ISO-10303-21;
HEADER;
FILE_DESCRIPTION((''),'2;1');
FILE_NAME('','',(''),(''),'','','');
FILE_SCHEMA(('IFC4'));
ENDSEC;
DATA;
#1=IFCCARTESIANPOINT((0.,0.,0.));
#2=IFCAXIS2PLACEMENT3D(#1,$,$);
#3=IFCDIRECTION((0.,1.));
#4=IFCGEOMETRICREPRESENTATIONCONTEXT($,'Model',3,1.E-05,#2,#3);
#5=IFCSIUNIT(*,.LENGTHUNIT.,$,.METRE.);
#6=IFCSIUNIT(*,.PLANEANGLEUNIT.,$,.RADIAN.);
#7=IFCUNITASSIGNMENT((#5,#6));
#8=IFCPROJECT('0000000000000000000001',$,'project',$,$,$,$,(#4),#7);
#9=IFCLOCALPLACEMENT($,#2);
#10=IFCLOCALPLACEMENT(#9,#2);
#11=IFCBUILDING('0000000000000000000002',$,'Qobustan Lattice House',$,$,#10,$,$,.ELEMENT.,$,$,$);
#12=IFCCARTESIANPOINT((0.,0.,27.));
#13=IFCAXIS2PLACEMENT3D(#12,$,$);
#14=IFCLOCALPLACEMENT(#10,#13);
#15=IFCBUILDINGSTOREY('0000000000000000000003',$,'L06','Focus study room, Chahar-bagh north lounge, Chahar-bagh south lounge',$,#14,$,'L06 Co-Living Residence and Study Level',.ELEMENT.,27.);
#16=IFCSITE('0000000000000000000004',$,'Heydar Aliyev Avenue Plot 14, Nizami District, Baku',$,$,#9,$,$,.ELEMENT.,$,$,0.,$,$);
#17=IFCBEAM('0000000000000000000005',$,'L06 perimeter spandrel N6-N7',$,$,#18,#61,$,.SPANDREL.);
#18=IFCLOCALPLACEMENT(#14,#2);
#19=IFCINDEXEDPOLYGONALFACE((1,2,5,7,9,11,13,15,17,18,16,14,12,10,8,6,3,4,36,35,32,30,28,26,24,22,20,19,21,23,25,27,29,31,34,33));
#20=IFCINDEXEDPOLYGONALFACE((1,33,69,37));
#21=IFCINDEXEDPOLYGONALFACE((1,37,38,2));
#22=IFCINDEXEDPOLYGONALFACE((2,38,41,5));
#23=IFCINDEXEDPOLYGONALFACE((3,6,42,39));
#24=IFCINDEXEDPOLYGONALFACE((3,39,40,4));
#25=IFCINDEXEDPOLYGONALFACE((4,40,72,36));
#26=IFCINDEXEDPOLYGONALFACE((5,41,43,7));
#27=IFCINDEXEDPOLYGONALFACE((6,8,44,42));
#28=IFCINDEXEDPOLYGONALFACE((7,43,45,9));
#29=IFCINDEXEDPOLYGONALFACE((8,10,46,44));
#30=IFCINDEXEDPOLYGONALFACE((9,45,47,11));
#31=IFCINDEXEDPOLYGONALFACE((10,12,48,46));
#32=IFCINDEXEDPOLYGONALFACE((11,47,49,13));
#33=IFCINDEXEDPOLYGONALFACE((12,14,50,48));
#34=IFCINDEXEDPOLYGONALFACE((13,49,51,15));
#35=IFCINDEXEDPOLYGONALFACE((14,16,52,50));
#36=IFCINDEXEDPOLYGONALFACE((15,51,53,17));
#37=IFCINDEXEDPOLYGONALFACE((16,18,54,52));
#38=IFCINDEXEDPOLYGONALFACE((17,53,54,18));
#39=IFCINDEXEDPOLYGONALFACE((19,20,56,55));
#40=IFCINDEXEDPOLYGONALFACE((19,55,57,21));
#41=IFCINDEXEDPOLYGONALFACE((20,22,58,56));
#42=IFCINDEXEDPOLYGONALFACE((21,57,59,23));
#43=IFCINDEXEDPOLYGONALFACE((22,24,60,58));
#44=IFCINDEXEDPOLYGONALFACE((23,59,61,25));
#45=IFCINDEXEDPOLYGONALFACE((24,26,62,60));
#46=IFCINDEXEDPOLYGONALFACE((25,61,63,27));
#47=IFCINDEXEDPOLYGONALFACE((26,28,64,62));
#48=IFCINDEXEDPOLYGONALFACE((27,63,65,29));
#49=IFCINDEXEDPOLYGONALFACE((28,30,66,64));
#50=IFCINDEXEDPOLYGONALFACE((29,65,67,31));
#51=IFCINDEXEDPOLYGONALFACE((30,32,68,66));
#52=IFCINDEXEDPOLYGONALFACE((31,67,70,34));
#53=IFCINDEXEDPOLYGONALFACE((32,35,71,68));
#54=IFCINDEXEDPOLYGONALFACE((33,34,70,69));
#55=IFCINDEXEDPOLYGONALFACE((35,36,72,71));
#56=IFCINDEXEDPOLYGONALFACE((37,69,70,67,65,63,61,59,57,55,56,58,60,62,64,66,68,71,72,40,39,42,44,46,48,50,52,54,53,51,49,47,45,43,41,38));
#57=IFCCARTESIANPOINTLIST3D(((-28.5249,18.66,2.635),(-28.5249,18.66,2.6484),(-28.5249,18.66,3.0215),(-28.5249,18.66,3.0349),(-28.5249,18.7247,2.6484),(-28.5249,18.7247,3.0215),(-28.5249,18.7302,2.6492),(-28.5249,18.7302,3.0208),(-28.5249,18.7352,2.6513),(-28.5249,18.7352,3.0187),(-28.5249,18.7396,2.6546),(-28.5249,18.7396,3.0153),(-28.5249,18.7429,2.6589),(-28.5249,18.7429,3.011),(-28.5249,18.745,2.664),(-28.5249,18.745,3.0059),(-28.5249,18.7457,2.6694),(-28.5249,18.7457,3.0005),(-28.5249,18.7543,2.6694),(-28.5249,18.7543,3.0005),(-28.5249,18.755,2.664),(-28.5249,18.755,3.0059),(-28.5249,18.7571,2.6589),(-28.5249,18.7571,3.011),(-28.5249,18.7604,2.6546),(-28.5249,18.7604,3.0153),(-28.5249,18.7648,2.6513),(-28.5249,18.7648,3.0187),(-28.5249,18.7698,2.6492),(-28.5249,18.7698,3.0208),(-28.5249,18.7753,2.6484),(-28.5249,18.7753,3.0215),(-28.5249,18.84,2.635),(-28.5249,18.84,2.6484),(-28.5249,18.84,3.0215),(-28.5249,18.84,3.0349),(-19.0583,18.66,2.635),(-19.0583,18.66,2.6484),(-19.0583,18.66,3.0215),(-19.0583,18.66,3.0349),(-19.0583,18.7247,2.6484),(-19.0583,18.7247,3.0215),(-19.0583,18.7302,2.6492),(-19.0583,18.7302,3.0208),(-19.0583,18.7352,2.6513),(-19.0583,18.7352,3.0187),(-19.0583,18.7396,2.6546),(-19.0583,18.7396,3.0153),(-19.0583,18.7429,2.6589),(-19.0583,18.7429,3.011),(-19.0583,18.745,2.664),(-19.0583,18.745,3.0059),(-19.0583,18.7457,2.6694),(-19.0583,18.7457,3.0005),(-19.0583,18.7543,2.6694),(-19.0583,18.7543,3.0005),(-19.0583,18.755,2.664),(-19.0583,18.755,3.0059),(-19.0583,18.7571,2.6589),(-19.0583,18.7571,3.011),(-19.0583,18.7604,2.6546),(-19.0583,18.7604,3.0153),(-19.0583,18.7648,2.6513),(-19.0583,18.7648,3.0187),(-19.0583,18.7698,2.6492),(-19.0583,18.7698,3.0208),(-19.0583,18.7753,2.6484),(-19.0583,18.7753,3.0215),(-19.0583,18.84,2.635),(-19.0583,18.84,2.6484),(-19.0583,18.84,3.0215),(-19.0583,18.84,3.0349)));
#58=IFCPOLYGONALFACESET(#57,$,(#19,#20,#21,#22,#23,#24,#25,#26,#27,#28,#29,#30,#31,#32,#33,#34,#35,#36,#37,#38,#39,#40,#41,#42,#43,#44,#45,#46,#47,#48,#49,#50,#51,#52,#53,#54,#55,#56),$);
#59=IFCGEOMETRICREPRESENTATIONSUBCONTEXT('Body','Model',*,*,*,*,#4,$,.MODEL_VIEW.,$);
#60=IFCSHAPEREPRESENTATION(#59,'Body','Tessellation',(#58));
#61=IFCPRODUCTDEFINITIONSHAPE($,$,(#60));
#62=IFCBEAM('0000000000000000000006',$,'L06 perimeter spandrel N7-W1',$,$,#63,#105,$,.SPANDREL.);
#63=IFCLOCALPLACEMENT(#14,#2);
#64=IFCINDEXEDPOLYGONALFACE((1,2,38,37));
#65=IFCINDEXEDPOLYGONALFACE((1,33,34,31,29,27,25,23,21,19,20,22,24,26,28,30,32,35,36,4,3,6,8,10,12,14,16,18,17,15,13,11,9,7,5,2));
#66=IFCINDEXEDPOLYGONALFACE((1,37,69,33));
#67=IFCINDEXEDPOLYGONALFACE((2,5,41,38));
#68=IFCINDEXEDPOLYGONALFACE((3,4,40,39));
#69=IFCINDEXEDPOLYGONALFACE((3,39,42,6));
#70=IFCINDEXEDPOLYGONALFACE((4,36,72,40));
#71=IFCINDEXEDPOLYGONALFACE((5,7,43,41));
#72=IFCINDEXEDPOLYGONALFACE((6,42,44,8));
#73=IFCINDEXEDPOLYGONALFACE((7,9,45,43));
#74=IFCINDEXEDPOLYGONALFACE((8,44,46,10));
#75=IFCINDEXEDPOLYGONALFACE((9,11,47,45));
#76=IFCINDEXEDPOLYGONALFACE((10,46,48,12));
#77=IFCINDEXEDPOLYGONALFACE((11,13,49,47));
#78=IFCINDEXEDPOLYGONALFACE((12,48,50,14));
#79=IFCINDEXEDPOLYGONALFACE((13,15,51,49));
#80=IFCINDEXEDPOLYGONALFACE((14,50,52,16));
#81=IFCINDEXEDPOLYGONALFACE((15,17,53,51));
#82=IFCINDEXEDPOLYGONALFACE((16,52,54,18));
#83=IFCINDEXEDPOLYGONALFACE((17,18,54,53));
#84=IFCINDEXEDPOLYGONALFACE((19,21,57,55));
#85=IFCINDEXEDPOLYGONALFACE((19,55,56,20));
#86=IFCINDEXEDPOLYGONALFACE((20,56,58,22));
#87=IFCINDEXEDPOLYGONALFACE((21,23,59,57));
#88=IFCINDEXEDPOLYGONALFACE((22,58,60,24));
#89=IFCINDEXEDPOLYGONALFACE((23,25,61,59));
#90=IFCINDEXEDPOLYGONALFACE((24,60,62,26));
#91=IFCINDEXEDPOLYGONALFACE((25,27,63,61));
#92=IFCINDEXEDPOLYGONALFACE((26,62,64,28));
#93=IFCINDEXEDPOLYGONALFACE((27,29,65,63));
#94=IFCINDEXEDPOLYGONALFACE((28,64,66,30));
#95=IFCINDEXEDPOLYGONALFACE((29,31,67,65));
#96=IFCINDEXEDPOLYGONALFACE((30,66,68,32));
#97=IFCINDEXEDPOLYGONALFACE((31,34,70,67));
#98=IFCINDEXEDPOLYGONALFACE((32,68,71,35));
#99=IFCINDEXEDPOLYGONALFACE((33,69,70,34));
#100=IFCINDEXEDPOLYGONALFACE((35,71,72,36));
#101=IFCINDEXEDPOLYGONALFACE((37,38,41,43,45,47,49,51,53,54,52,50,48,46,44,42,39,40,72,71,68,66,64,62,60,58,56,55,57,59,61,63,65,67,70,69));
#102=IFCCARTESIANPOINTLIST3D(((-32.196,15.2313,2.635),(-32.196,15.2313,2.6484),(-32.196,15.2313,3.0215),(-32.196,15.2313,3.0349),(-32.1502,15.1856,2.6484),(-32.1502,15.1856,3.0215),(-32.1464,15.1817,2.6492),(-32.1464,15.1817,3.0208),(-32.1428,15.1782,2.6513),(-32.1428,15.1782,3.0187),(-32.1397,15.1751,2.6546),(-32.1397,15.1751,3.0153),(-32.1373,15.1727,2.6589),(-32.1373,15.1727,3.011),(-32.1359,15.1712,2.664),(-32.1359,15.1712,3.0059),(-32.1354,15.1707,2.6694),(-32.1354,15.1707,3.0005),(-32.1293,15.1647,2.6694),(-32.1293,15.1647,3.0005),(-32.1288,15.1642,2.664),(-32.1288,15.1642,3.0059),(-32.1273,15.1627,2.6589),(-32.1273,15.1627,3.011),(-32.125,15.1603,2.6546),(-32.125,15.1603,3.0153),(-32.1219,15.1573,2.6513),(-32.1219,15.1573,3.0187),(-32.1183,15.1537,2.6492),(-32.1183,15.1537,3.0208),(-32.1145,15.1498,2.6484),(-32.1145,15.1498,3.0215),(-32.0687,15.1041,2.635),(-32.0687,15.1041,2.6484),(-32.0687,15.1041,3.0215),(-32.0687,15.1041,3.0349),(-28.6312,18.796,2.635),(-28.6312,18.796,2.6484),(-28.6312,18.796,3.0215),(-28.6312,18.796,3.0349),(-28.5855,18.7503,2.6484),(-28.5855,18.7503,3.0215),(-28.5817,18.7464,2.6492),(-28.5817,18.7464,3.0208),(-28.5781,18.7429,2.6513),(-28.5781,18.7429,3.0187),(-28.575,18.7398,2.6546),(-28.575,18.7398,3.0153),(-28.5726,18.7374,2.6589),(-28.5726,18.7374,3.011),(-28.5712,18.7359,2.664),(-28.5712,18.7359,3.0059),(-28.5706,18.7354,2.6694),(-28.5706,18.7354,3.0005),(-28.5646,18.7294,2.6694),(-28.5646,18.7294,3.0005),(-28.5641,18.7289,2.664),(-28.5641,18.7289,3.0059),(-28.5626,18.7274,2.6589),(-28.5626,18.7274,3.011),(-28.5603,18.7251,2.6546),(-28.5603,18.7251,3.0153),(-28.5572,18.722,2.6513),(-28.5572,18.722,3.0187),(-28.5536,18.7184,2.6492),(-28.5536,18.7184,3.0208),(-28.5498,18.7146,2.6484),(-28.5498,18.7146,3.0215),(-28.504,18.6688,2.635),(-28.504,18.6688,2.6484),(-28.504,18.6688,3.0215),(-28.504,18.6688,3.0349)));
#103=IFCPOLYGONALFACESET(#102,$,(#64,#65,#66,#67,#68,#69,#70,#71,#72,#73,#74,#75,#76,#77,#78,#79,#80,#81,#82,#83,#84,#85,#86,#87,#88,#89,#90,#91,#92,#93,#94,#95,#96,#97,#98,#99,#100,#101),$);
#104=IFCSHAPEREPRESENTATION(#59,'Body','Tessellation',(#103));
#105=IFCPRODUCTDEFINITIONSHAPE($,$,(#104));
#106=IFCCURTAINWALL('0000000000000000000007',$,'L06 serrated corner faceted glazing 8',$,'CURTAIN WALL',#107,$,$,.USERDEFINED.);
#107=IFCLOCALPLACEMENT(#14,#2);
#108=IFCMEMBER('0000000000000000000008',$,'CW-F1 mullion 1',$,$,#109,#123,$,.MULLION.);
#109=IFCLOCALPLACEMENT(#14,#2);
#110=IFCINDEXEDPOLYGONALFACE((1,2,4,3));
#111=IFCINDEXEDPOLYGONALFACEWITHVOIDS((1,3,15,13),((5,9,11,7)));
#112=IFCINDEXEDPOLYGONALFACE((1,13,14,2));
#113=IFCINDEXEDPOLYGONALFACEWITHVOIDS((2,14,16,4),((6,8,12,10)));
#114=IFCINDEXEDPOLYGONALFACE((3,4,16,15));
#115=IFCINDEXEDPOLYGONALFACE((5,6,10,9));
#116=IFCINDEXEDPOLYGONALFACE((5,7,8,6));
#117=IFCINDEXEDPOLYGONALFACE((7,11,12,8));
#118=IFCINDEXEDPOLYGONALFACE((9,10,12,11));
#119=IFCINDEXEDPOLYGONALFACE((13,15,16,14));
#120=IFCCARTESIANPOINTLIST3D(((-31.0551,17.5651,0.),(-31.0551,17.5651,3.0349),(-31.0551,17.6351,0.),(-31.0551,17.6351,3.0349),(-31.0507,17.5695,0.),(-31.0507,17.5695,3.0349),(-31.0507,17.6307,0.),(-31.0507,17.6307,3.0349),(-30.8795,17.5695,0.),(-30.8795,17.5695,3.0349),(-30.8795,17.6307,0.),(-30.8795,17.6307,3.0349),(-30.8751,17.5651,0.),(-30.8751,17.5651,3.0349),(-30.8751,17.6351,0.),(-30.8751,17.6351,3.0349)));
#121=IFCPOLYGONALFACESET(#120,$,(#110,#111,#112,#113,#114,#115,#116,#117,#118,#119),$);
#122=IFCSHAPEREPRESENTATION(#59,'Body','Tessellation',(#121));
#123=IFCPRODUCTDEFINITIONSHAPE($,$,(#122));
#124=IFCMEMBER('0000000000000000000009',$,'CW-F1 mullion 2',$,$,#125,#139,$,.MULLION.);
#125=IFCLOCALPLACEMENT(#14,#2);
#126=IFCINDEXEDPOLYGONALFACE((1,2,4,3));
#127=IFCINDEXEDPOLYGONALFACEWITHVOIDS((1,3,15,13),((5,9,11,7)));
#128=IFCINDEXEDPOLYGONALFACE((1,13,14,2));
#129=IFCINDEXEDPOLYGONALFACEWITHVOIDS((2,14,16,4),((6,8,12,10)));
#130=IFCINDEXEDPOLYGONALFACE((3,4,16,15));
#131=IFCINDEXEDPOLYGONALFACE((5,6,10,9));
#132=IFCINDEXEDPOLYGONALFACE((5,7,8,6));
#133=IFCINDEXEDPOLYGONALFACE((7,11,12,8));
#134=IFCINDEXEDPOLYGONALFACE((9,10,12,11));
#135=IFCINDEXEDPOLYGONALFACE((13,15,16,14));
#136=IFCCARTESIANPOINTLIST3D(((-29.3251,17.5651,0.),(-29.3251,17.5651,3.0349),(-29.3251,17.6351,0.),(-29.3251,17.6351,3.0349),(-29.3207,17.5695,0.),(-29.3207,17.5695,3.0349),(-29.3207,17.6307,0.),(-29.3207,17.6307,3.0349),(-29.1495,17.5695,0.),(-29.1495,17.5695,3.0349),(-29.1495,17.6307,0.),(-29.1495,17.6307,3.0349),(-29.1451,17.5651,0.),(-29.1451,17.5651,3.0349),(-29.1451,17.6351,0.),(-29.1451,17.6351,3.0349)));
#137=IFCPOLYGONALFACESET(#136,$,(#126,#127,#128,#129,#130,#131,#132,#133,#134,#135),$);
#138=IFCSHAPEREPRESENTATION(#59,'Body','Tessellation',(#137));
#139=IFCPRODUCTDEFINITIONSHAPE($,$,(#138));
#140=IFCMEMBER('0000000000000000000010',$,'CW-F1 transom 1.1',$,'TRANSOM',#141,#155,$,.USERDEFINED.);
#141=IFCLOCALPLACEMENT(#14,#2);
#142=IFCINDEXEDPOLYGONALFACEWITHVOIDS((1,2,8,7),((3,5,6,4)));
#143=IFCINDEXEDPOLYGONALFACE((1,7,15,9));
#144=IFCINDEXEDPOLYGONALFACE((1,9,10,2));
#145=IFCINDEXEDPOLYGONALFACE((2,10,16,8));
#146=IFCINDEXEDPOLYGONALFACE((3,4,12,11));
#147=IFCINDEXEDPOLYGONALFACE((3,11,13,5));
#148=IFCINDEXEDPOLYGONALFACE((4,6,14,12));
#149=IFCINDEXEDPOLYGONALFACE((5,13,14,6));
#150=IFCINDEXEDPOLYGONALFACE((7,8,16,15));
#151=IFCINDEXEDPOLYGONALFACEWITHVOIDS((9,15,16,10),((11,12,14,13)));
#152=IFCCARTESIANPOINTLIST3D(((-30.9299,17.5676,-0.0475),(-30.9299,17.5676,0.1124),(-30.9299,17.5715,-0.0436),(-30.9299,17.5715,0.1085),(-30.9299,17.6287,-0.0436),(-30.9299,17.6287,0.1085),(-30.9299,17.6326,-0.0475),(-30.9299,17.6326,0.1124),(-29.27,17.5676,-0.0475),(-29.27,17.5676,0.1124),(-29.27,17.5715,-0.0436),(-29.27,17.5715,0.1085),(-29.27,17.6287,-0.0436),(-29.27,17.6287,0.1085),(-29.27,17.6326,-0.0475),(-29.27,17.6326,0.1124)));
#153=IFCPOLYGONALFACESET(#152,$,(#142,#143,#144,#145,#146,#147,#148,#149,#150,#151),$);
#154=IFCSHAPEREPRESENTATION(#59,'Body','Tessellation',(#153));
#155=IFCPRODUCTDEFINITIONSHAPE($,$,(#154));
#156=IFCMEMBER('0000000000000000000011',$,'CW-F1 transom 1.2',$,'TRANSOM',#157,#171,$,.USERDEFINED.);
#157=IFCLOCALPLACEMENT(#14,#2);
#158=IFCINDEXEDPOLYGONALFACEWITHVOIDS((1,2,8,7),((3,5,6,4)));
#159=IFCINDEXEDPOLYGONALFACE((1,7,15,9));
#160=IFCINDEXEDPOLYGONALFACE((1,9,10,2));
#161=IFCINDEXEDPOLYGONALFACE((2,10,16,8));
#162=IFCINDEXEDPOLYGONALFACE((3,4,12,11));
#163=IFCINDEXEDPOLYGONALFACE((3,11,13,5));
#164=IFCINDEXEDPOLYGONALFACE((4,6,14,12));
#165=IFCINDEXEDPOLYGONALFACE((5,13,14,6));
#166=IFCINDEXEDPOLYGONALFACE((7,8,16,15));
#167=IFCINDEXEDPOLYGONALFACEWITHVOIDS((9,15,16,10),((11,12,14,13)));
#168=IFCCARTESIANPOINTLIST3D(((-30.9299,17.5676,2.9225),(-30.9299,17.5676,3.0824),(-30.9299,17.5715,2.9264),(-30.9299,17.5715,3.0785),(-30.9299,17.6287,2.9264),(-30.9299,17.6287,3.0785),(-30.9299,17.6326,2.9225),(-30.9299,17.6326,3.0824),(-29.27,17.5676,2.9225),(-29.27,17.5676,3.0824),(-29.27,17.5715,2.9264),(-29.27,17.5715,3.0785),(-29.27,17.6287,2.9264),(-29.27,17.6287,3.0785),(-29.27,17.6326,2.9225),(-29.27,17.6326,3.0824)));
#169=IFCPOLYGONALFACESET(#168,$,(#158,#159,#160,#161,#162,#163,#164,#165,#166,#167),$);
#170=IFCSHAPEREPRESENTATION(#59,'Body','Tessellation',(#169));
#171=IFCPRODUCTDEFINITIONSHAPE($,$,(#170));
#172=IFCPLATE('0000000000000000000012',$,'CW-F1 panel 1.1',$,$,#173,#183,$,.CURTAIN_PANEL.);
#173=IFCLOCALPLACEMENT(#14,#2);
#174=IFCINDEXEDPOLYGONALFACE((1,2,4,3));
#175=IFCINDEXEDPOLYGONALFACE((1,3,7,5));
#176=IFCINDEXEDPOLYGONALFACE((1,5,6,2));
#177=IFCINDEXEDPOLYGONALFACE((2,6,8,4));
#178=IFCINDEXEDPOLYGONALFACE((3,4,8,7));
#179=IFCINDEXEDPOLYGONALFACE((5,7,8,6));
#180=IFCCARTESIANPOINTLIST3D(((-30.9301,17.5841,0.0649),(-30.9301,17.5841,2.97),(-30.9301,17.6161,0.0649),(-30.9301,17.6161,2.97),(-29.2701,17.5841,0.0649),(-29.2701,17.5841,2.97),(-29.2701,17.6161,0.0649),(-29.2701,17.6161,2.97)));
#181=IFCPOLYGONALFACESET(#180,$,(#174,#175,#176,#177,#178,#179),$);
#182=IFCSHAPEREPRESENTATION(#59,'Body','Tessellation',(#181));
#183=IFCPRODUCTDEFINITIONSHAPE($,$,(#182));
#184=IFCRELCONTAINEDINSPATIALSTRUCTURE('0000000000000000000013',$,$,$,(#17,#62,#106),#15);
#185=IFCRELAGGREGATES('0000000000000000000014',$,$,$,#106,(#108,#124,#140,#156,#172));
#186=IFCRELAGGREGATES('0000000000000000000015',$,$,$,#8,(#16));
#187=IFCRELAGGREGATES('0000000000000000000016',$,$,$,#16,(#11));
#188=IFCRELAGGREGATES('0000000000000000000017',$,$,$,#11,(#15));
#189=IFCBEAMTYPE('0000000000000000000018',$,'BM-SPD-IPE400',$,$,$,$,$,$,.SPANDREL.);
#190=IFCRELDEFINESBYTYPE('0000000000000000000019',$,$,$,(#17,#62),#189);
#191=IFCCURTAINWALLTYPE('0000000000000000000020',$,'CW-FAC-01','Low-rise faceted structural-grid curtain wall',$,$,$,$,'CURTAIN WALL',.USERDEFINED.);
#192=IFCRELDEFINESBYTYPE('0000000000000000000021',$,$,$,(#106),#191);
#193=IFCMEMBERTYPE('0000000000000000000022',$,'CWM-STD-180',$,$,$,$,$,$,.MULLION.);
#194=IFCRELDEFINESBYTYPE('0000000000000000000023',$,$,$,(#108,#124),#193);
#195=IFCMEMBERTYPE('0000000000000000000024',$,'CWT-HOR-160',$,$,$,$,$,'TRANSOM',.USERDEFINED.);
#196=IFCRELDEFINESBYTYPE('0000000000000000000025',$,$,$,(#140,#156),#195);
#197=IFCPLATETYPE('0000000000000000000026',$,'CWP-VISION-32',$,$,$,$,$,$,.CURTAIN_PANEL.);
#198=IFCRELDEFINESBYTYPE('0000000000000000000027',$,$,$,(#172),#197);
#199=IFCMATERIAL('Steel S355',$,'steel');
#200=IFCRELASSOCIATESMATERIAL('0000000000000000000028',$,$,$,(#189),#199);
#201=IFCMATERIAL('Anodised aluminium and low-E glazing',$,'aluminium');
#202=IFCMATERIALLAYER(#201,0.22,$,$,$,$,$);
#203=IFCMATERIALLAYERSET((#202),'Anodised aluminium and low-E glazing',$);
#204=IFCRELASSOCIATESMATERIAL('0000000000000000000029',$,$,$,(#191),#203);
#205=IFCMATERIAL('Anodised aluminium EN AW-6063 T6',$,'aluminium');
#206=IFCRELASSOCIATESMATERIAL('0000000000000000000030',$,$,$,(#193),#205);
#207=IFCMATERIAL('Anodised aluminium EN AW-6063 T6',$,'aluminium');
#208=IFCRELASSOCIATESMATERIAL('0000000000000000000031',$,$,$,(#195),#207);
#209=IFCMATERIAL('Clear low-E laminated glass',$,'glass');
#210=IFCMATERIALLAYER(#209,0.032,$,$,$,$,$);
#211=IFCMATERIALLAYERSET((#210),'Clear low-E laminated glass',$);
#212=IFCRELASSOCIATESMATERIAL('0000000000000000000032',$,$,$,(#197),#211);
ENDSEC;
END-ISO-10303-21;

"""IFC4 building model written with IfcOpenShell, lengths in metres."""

from ifc_helpers import new_model, si_unit, direction, frame, origin, origin_2d, place, context, subcontext, project, spatial, rectangle, hollow_rectangle, i_section, extrude, material, layer, layer_set, material_profile, profile_set, type_object, element, aggregate, save


model = new_model("IFC4")

# Units and contexts
model_context = context("Model", 3, precision=1e-05, world=origin(), true_north=direction((0.0, 1.0)))
body_context = subcontext(model_context, "Body", "Model", "MODEL_VIEW")
ifc_project = project(units=[si_unit("LENGTHUNIT", "METRE"), si_unit("PLANEANGLEUNIT", "RADIAN")], contexts=[model_context])

# Site, building, storey
site_placement = place(None, origin())
site = spatial("IfcSite", under=ifc_project, at=site_placement, Name="Heydar Aliyev Avenue Plot 14, Nizami District, Baku", CompositionType="ELEMENT", RefElevation=0.0)
building_placement = place(site_placement, origin())
building = spatial("IfcBuilding", under=site, at=building_placement, Name="Qobustan Lattice House", CompositionType="ELEMENT")
storey_placement = place(building_placement, frame((0.0, 0.0, 27.0)))
storey = spatial("IfcBuildingStorey", under=building, at=storey_placement, Name="L06", Description="Focus study room, Chahar-bagh north lounge, Chahar-bagh south lounge", LongName="L06 Co-Living Residence and Study Level", CompositionType="ELEMENT", Elevation=27.0)

# Beams
ifc_material_1 = material(Name="Steel S355", Category="steel")
ifc_material_profile_1 = material_profile(ifc_material_1, i_section(OverallWidth=0.1799, OverallDepth=0.3999, WebThickness=0.0085, FlangeThickness=0.0134, FilletRadius=0.021, at=origin_2d()), Name="IPE400")
ifc_profile_set_1 = profile_set([ifc_material_profile_1], Name="Steel S355")
beam_type_1 = type_object("IfcBeamType", Name="BM-SPD-IPE400", PredefinedType="SPANDREL", material=ifc_profile_set_1)
beam_1_placement = place(storey_placement, frame((-19.0583, 18.75, 2.835), z_axis=(-1.0, 0.0, 0.0), x_axis=(0.0, -1.0, 0.0)))
element("IfcBeam", 1, at=beam_1_placement, inside=storey, type_object=beam_type_1, Name="L06 perimeter spandrel N6-N7", PredefinedType="SPANDREL", context=body_context, shape_type="SweptSolid", body=[
    extrude(i_section(OverallWidth=0.1799, OverallDepth=0.3999, WebThickness=0.0085, FlangeThickness=0.0134, FilletRadius=0.021, at=origin_2d()), origin(), (0.0, 0.0, 1.0), 9.4666),
])
beam_2_placement = place(storey_placement, frame((-28.5676, 18.7324, 2.835), z_axis=(-0.707107, -0.707107, 0.0), x_axis=(0.707107, -0.707107, 0.0)))
element("IfcBeam", 2, at=beam_2_placement, inside=storey, type_object=beam_type_1, Name="L06 perimeter spandrel N7-W1", PredefinedType="SPANDREL", context=body_context, shape_type="SweptSolid", body=[
    extrude(i_section(OverallWidth=0.1799, OverallDepth=0.3999, WebThickness=0.0085, FlangeThickness=0.0134, FilletRadius=0.021, at=origin_2d()), origin(), (0.0, 0.0, 1.0), 5.0413),
])

# Curtain wall, members, plate
ifc_material_2 = material(Name="Anodised aluminium and low-E glazing", Category="aluminium")
ifc_layer_1 = layer(ifc_material_2, 0.22)
ifc_layer_set_1 = layer_set([ifc_layer_1], Name="Anodised aluminium and low-E glazing")
curtain_wall_type = type_object("IfcCurtainWallType", Name="CW-FAC-01", Description="Low-rise faceted structural-grid curtain wall", ElementType="CURTAIN WALL", PredefinedType="USERDEFINED", material=ifc_layer_set_1)
curtain_wall_placement = place(storey_placement, origin())
curtain_wall = element("IfcCurtainWall", 3, at=curtain_wall_placement, inside=storey, type_object=curtain_wall_type, Name="L06 serrated corner faceted glazing 8", ObjectType="CURTAIN WALL", PredefinedType="USERDEFINED")
ifc_material_3 = material(Name="Anodised aluminium EN AW-6063 T6", Category="aluminium")
ifc_material_profile_2 = material_profile(ifc_material_3, hollow_rectangle(XDim=0.0701, YDim=0.1799, WallThickness=0.0044, at=origin_2d()), Name="CWM-180x70")
ifc_profile_set_2 = profile_set([ifc_material_profile_2], Name="Anodised aluminium EN AW-6063 T6")
member_type_1 = type_object("IfcMemberType", Name="CWM-STD-180", PredefinedType="MULLION", material=ifc_profile_set_2)
member_1_placement = place(storey_placement, frame((-30.9651, 17.6001, 0.0), z_axis=(0.0, 0.0, 1.0), x_axis=(0.0, 1.0, 0.0)))
member_1 = element("IfcMember", 4, at=member_1_placement, type_object=member_type_1, Name="CW-F1 mullion 1", PredefinedType="MULLION", context=body_context, shape_type="SweptSolid", body=[
    extrude(hollow_rectangle(XDim=0.0701, YDim=0.1799, WallThickness=0.0044, at=origin_2d()), origin(), (0.0, 0.0, 1.0), 3.0349),
])
member_2_placement = place(storey_placement, frame((-29.2351, 17.6001, 0.0), z_axis=(0.0, 0.0, 1.0), x_axis=(0.0, 1.0, 0.0)))
member_2 = element("IfcMember", 5, at=member_2_placement, type_object=member_type_1, Name="CW-F1 mullion 2", PredefinedType="MULLION", context=body_context, shape_type="SweptSolid", body=[
    extrude(hollow_rectangle(XDim=0.0701, YDim=0.1799, WallThickness=0.0044, at=origin_2d()), origin(), (0.0, 0.0, 1.0), 3.0349),
])
ifc_material_4 = material(Name="Anodised aluminium EN AW-6063 T6", Category="aluminium")
ifc_material_profile_3 = material_profile(ifc_material_4, hollow_rectangle(XDim=0.0649, YDim=0.1599, WallThickness=0.0039, at=origin_2d()), Name="CWT-160x65")
ifc_profile_set_3 = profile_set([ifc_material_profile_3], Name="Anodised aluminium EN AW-6063 T6")
member_type_2 = type_object("IfcMemberType", Name="CWT-HOR-160", ElementType="TRANSOM", PredefinedType="USERDEFINED", material=ifc_profile_set_3)
member_3_placement = place(storey_placement, frame((-30.9299, 17.6001, 0.0325), z_axis=(1.0, 0.0, 0.0), x_axis=(0.0, 1.0, 0.0)))
member_3 = element("IfcMember", 6, at=member_3_placement, type_object=member_type_2, Name="CW-F1 transom 1.1", ObjectType="TRANSOM", PredefinedType="USERDEFINED", context=body_context, shape_type="SweptSolid", body=[
    extrude(hollow_rectangle(XDim=0.0649, YDim=0.1599, WallThickness=0.0039, at=origin_2d()), origin(), (0.0, 0.0, 1.0), 1.6599),
])
member_4_placement = place(storey_placement, frame((-30.9299, 17.6001, 3.0024), z_axis=(1.0, 0.0, 0.0), x_axis=(0.0, 1.0, 0.0)))
member_4 = element("IfcMember", 7, at=member_4_placement, type_object=member_type_2, Name="CW-F1 transom 1.2", ObjectType="TRANSOM", PredefinedType="USERDEFINED", context=body_context, shape_type="SweptSolid", body=[
    extrude(hollow_rectangle(XDim=0.0649, YDim=0.1599, WallThickness=0.0039, at=origin_2d()), origin(), (0.0, 0.0, 1.0), 1.6599),
])
ifc_material_5 = material(Name="Clear low-E laminated glass", Category="glass")
ifc_layer_2 = layer(ifc_material_5, 0.032)
ifc_layer_set_2 = layer_set([ifc_layer_2], Name="Clear low-E laminated glass")
plate_type = type_object("IfcPlateType", Name="CWP-VISION-32", PredefinedType="CURTAIN_PANEL", material=ifc_layer_set_2)
plate_placement = place(storey_placement, frame((-30.1001, 17.6001, 0.0649), z_axis=(0.0, 0.0, 1.0), x_axis=(1.0, 0.0, 0.0)))
plate = element("IfcPlate", 8, at=plate_placement, type_object=plate_type, Name="CW-F1 panel 1.1", PredefinedType="CURTAIN_PANEL", context=body_context, shape_type="SweptSolid", body=[
    extrude(rectangle(XDim=1.6599, YDim=0.032, at=origin_2d()), origin(), (0.0, 0.0, 1.0), 2.905),
])
aggregate(curtain_wall, [member_1, member_2, member_3, member_4, plate])

save(model, "model.ifc")
